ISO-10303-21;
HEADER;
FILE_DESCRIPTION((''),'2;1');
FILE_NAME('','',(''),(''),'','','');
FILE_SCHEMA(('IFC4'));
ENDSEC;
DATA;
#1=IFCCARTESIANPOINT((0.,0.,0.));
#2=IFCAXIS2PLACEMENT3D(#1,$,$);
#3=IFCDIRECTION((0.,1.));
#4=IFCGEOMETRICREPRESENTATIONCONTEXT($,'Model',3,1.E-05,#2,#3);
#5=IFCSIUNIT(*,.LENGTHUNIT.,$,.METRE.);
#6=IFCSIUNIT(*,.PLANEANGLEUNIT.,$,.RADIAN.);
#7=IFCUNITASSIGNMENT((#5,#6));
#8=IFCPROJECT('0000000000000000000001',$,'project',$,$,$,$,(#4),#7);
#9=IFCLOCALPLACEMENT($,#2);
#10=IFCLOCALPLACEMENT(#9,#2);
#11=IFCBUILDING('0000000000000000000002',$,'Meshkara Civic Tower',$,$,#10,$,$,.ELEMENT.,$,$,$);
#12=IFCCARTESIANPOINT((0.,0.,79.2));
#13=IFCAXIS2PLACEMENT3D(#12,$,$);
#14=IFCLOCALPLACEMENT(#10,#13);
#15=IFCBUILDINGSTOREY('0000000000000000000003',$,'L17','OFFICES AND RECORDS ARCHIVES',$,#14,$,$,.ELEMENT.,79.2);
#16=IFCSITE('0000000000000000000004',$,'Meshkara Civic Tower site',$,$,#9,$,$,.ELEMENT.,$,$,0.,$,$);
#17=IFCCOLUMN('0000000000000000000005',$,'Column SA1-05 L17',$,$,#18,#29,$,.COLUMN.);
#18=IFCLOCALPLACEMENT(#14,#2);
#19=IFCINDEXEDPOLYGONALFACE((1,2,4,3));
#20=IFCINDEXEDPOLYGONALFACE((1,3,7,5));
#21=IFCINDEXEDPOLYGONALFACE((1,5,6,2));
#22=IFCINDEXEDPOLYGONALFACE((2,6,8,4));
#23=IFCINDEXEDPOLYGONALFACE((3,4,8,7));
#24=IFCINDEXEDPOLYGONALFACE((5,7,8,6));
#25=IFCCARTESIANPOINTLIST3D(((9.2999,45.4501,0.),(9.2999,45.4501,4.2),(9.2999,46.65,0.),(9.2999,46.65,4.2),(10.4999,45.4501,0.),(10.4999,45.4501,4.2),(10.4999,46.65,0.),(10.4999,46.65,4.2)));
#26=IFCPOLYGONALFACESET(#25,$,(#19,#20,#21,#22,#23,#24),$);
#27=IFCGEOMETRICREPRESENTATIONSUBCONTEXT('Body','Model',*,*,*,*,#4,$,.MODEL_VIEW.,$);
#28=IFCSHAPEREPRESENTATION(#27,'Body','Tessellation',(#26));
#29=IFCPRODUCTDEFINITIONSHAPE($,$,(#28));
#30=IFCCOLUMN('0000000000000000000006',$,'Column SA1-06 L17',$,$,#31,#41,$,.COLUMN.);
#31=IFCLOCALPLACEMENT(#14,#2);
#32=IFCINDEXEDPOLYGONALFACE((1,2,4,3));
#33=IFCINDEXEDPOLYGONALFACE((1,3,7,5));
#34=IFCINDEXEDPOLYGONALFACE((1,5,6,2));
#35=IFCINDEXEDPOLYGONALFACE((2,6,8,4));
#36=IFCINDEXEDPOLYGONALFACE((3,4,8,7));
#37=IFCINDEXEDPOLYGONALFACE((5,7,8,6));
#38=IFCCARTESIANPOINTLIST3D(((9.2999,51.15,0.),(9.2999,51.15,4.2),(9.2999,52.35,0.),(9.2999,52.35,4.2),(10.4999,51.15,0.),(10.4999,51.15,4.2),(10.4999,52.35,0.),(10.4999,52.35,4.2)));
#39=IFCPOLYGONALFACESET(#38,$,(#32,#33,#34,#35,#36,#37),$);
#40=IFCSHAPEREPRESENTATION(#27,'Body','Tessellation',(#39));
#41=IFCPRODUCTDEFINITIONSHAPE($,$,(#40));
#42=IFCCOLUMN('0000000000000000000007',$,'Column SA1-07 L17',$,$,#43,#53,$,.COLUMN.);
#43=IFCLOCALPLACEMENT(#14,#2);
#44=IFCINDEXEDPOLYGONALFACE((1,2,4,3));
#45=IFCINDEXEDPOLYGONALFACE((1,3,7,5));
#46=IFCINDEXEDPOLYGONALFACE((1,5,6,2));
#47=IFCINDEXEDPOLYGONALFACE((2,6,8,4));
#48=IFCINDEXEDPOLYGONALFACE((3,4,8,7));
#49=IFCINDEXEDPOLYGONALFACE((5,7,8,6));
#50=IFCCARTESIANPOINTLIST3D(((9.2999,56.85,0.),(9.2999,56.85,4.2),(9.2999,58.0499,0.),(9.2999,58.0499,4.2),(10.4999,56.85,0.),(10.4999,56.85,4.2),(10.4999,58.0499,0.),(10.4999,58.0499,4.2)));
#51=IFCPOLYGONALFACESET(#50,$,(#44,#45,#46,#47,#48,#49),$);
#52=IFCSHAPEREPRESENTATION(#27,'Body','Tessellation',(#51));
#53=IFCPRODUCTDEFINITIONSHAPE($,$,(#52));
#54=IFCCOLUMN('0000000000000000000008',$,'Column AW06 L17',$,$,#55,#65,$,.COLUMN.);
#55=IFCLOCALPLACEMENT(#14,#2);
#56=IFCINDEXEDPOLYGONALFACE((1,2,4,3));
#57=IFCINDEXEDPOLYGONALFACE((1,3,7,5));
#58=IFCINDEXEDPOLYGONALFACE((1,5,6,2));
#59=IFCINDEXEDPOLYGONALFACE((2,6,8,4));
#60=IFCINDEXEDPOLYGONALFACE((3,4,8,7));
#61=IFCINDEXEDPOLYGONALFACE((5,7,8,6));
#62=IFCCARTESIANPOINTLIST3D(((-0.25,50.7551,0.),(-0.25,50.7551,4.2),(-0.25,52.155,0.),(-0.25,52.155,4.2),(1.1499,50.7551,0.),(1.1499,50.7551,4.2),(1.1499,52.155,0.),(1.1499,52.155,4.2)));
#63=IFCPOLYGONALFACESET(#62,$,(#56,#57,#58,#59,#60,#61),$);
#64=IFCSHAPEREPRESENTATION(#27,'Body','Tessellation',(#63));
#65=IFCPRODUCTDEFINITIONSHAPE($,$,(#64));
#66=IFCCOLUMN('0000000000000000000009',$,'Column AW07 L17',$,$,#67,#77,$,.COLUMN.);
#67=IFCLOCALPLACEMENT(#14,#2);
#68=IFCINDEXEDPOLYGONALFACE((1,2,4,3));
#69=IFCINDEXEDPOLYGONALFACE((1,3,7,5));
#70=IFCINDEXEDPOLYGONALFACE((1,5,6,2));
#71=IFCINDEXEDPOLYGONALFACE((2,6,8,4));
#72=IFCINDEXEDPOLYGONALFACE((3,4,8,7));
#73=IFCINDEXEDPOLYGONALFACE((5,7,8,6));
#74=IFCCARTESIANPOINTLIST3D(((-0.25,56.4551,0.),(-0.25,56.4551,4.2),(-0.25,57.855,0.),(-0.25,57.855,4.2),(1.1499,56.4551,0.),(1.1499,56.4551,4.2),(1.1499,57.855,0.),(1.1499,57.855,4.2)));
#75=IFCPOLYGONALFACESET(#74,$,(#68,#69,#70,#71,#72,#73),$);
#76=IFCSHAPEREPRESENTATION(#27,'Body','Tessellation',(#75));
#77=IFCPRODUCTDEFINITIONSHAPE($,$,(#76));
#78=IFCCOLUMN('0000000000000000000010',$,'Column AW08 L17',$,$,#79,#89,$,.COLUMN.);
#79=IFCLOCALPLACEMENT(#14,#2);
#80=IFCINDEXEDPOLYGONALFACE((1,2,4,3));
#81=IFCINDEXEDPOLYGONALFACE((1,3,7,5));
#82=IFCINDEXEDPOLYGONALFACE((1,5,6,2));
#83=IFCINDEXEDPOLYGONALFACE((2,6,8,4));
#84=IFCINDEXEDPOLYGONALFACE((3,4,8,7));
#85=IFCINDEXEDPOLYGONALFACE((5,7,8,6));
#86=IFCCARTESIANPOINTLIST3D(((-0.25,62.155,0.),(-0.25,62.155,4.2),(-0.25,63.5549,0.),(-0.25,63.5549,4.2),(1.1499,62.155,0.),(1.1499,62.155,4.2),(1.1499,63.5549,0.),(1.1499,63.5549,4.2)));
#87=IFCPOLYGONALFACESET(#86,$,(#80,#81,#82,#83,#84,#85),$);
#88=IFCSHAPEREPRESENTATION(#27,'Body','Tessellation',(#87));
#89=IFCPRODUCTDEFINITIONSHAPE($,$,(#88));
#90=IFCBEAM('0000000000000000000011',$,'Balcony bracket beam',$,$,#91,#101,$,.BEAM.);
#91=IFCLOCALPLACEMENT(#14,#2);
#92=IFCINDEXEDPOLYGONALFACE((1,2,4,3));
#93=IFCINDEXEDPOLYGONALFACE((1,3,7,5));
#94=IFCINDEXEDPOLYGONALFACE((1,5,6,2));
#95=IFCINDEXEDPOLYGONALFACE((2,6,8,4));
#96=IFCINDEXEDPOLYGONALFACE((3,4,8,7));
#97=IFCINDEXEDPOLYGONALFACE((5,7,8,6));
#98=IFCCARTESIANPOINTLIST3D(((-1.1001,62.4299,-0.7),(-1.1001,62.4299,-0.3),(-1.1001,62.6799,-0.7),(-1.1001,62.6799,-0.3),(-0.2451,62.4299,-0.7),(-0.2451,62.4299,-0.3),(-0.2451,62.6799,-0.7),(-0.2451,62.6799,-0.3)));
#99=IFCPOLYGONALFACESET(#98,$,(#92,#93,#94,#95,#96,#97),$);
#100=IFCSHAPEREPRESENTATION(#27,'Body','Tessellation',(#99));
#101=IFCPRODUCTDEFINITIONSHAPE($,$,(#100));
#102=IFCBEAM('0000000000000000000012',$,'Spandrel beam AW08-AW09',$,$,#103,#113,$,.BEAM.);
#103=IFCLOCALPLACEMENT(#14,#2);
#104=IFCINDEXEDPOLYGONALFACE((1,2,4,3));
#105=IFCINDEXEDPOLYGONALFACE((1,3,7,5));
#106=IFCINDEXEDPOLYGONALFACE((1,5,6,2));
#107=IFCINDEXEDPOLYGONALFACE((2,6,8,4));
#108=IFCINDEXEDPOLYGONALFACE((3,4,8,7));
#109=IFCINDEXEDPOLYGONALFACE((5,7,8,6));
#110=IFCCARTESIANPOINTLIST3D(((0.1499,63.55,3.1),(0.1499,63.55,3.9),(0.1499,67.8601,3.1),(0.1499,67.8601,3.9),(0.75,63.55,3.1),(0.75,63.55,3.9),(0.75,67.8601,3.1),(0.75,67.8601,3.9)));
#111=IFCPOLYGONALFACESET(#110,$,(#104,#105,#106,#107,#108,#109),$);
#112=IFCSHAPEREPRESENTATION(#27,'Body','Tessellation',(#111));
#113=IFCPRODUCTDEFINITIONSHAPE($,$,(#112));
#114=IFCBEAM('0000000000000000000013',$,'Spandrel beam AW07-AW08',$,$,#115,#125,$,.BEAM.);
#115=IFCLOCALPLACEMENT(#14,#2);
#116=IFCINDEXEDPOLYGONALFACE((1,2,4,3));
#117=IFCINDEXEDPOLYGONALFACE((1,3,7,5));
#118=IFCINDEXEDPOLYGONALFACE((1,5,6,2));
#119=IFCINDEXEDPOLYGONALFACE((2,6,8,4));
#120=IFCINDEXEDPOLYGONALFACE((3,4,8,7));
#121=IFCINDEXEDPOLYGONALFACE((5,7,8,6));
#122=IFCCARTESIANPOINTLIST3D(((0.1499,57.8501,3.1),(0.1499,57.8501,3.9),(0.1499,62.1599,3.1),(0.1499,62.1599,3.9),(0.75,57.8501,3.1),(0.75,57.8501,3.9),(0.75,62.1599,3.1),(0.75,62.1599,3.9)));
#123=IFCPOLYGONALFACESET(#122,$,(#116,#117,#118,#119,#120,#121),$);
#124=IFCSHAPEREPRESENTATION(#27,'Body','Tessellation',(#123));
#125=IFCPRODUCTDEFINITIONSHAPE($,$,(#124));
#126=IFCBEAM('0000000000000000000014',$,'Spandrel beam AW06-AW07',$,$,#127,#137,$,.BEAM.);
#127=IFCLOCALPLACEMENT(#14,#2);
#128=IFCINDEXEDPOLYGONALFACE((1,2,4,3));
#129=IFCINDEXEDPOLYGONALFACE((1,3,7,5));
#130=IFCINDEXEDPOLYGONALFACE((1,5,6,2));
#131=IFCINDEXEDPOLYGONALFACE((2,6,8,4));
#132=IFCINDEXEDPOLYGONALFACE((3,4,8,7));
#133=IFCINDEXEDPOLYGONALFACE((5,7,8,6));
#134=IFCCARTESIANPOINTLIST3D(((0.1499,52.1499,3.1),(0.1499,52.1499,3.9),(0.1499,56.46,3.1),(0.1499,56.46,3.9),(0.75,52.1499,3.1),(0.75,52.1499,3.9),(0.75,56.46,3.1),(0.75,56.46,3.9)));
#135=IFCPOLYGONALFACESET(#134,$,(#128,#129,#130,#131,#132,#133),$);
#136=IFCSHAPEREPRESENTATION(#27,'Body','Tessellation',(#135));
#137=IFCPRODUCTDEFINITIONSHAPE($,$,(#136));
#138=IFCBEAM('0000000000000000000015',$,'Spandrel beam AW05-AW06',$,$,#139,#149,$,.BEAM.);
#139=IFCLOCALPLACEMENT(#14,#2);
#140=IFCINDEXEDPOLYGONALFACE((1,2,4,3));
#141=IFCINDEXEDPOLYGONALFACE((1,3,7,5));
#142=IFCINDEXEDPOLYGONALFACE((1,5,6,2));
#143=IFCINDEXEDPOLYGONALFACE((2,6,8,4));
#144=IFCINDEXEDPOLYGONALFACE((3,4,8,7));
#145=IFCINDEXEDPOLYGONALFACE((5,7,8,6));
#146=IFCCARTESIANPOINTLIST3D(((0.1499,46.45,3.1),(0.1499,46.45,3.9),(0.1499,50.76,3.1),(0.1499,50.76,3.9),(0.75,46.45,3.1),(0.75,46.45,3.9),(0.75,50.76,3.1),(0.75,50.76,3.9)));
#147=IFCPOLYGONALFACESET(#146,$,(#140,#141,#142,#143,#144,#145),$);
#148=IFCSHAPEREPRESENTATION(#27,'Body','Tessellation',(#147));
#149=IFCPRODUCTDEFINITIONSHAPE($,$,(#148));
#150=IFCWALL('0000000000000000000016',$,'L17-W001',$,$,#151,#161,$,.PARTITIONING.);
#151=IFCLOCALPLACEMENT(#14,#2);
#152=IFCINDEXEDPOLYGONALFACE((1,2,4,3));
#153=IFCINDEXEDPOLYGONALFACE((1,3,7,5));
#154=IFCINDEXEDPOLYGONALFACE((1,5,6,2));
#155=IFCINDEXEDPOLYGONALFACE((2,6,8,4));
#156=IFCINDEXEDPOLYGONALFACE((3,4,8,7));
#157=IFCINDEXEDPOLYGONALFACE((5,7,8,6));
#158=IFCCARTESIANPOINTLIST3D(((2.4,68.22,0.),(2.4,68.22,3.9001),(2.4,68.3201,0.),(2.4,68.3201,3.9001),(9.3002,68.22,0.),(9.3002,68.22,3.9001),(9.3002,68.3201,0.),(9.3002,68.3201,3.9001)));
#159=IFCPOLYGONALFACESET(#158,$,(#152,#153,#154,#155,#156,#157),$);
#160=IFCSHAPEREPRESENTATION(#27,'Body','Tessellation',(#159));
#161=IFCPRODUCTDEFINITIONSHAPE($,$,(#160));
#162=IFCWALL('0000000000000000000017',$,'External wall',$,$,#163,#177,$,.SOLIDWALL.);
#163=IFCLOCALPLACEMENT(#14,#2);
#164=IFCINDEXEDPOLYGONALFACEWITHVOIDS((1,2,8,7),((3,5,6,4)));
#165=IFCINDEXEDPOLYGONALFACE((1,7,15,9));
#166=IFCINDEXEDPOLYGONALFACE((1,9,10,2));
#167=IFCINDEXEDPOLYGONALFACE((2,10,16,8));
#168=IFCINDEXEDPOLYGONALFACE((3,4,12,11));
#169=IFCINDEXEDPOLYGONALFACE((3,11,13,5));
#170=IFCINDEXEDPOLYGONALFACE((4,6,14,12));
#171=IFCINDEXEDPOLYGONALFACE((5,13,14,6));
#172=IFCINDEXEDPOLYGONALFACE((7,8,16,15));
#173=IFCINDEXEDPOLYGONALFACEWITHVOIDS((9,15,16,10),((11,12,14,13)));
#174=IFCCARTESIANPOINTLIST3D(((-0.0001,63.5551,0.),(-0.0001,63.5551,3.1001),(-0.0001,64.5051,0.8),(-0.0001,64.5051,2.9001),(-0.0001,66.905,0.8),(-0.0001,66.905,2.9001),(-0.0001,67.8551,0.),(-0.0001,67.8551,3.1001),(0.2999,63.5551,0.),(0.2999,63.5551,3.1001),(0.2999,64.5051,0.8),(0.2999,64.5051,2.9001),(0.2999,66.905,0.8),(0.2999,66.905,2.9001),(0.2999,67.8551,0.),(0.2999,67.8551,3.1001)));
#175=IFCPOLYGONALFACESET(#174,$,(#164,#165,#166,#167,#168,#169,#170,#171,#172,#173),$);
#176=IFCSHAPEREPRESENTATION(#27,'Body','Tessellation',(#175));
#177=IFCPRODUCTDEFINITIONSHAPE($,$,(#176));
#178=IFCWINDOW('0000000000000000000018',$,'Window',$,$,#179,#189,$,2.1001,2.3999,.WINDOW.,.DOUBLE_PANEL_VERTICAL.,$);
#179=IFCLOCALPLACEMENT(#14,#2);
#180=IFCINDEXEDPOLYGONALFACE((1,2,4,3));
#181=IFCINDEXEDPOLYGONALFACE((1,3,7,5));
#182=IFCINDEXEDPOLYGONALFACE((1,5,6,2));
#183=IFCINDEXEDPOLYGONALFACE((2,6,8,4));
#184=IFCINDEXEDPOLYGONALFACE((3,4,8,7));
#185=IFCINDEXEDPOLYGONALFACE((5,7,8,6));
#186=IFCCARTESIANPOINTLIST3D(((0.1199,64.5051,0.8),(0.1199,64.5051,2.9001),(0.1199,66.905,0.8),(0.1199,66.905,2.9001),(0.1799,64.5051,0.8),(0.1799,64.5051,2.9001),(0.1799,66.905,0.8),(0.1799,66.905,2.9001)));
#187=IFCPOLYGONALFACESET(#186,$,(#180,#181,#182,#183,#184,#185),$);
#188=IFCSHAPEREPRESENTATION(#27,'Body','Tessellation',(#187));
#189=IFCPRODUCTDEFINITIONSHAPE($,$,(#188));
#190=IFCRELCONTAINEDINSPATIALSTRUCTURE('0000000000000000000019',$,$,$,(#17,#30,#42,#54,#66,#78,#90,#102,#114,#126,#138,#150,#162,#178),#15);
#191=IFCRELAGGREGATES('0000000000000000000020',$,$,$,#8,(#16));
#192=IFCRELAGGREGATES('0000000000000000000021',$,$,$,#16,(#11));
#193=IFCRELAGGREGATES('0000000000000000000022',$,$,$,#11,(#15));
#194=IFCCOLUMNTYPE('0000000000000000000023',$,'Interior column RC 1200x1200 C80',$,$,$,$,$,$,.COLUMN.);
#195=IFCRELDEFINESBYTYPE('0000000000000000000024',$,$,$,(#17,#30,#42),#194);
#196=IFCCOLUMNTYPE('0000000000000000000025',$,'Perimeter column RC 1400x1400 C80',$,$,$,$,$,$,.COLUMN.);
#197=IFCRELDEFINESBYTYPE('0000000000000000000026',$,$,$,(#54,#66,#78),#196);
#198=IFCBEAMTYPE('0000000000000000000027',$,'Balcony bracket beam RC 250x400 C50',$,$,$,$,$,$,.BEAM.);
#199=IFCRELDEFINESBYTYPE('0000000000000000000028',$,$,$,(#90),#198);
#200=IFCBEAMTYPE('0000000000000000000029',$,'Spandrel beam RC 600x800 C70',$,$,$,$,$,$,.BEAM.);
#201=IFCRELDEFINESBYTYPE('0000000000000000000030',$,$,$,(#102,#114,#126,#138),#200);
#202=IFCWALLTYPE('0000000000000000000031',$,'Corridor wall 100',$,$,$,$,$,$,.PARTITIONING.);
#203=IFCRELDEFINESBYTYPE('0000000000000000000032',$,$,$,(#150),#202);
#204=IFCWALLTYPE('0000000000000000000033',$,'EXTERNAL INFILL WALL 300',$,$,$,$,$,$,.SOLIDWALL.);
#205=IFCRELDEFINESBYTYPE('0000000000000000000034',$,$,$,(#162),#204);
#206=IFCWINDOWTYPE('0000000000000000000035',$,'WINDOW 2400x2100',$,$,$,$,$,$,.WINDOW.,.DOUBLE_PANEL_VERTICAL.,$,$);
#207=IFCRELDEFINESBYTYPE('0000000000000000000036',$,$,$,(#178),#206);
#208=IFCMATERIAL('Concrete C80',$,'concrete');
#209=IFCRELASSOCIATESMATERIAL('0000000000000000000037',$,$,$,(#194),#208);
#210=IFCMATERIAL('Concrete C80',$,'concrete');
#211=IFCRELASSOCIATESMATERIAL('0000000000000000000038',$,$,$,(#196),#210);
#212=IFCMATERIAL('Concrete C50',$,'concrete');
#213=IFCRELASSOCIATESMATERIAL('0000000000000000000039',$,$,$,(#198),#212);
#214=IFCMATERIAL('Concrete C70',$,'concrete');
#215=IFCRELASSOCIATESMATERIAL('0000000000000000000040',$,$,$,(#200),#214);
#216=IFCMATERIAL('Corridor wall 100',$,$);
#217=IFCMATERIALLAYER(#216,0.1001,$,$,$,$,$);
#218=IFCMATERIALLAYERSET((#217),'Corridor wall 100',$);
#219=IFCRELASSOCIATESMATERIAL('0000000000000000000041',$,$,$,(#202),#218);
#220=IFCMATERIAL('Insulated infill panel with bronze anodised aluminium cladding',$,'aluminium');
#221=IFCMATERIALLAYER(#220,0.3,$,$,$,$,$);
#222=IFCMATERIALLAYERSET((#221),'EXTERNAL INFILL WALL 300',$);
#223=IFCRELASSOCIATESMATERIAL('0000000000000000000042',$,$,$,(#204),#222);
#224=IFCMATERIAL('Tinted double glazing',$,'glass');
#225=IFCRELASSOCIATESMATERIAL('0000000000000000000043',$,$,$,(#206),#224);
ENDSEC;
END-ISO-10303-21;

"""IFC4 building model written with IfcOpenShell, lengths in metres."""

from ifc_helpers import new_model, si_unit, direction, frame, frame_2d, origin, origin_2d, place, context, subcontext, project, spatial, rectangle, extrude, material, layer, layer_set, material_profile, profile_set, type_object, element, fill, save


model = new_model("IFC4")

# Units and contexts
model_context = context("Model", 3, precision=1e-05, world=origin(), true_north=direction((0.0, 1.0)))
body_context = subcontext(model_context, "Body", "Model", "MODEL_VIEW")
ifc_project = project(units=[si_unit("LENGTHUNIT", "METRE"), si_unit("PLANEANGLEUNIT", "RADIAN")], contexts=[model_context])

# Site, building, storey
site_placement = place(None, origin())
site = spatial("IfcSite", under=ifc_project, at=site_placement, Name="Meshkara Civic Tower site", CompositionType="ELEMENT", RefElevation=0.0)
building_placement = place(site_placement, origin())
building = spatial("IfcBuilding", under=site, at=building_placement, Name="Meshkara Civic Tower", CompositionType="ELEMENT")
storey_placement = place(building_placement, frame((0.0, 0.0, 79.2)))
storey = spatial("IfcBuildingStorey", under=building, at=storey_placement, Name="L17", Description="OFFICES AND RECORDS ARCHIVES", CompositionType="ELEMENT", Elevation=79.2)

# Columns
ifc_material_1 = material(Name="Concrete C80", Category="concrete")
ifc_material_profile_1 = material_profile(ifc_material_1, rectangle(XDim=1.2, YDim=1.2, at=origin_2d()))
ifc_profile_set_1 = profile_set([ifc_material_profile_1], Name="Concrete C80")
column_type_1 = type_object("IfcColumnType", Name="Interior column RC 1200x1200 C80", PredefinedType="COLUMN", material=ifc_profile_set_1)
for number, where, z_axis, x_axis, name in (
    (1, (9.8999, 46.05, 0.0), (0.0, 0.0, 1.0), (1.0, 0.0, 0.0), "Column SA1-05 L17"),
    (2, (9.8999, 51.75, 0.0), (0.0, 0.0, 1.0), (1.0, 0.0, 0.0), "Column SA1-06 L17"),
    (3, (9.8999, 57.45, 0.0), (0.0, 0.0, 1.0), (1.0, 0.0, 0.0), "Column SA1-07 L17"),
):
    element("IfcColumn", number, at=place(storey_placement, frame(where, z_axis=z_axis, x_axis=x_axis)), inside=storey, type_object=column_type_1, Name=name, PredefinedType="COLUMN", context=body_context, shape_type="SweptSolid", body=[
        extrude(rectangle(XDim=1.2, YDim=1.2, at=origin_2d()), origin(), (0.0, 0.0, 1.0), 4.2),
    ])
ifc_material_2 = material(Name="Concrete C80", Category="concrete")
ifc_material_profile_2 = material_profile(ifc_material_2, rectangle(XDim=1.3999, YDim=1.3999, at=origin_2d()))
ifc_profile_set_2 = profile_set([ifc_material_profile_2], Name="Concrete C80")
column_type_2 = type_object("IfcColumnType", Name="Perimeter column RC 1400x1400 C80", PredefinedType="COLUMN", material=ifc_profile_set_2)
for number, where, z_axis, x_axis, name in (
    (4, (0.45, 51.4551, 0.0), (0.0, 0.0, 1.0), (1.0, 0.0, 0.0), "Column AW06 L17"),
    (5, (0.45, 57.155, 0.0), (0.0, 0.0, 1.0), (1.0, 0.0, 0.0), "Column AW07 L17"),
    (6, (0.45, 62.855, 0.0), (0.0, 0.0, 1.0), (1.0, 0.0, 0.0), "Column AW08 L17"),
):
    element("IfcColumn", number, at=place(storey_placement, frame(where, z_axis=z_axis, x_axis=x_axis)), inside=storey, type_object=column_type_2, Name=name, PredefinedType="COLUMN", context=body_context, shape_type="SweptSolid", body=[
        extrude(rectangle(XDim=1.3999, YDim=1.3999, at=origin_2d()), origin(), (0.0, 0.0, 1.0), 4.2),
    ])

# Beams
ifc_material_3 = material(Name="Concrete C50", Category="concrete")
ifc_material_profile_3 = material_profile(ifc_material_3, rectangle(XDim=0.25, YDim=0.3999, at=origin_2d()))
ifc_profile_set_3 = profile_set([ifc_material_profile_3], Name="Concrete C50")
beam_type_1 = type_object("IfcBeamType", Name="Balcony bracket beam RC 250x400 C50", PredefinedType="BEAM", material=ifc_profile_set_3)
beam_1_placement = place(storey_placement, frame((-0.2451, 62.5549, -0.5), z_axis=(-1.0, 0.0, 0.0), x_axis=(0.0, -1.0, 0.0)))
element("IfcBeam", 7, at=beam_1_placement, inside=storey, type_object=beam_type_1, Name="Balcony bracket beam", PredefinedType="BEAM", context=body_context, shape_type="SweptSolid", body=[
    extrude(rectangle(XDim=0.25, YDim=0.3999, at=origin_2d()), origin(), (0.0, 0.0, 1.0), 0.855),
])
ifc_material_4 = material(Name="Concrete C70", Category="concrete")
ifc_material_profile_4 = material_profile(ifc_material_4, rectangle(XDim=0.6001, YDim=0.8, at=origin_2d()))
ifc_profile_set_4 = profile_set([ifc_material_profile_4], Name="Concrete C70")
beam_type_2 = type_object("IfcBeamType", Name="Spandrel beam RC 600x800 C70", PredefinedType="BEAM", material=ifc_profile_set_4)
beam_2_placement = place(storey_placement, frame((0.45, 67.8601, 3.5), z_axis=(0.0, -1.0, 0.0), x_axis=(1.0, 0.0, 0.0)))
element("IfcBeam", 8, at=beam_2_placement, inside=storey, type_object=beam_type_2, Name="Spandrel beam AW08-AW09", PredefinedType="BEAM", context=body_context, shape_type="SweptSolid", body=[
    extrude(rectangle(XDim=0.6001, YDim=0.8, at=origin_2d()), origin(), (0.0, 0.0, 1.0), 4.3101),
])
beam_3_placement = place(storey_placement, frame((0.45, 62.1599, 3.5), z_axis=(0.0, -1.0, 0.0), x_axis=(1.0, 0.0, 0.0)))
element("IfcBeam", 9, at=beam_3_placement, inside=storey, type_object=beam_type_2, Name="Spandrel beam AW07-AW08", PredefinedType="BEAM", context=body_context, shape_type="SweptSolid", body=[
    extrude(rectangle(XDim=0.6001, YDim=0.8, at=origin_2d()), origin(), (0.0, 0.0, 1.0), 4.3098),
])
for number, where, z_axis, x_axis, name in (
    (10, (0.45, 56.46, 3.5), (0.0, -1.0, 0.0), (1.0, 0.0, 0.0), "Spandrel beam AW06-AW07"),
    (11, (0.45, 50.76, 3.5), (0.0, -1.0, 0.0), (1.0, 0.0, 0.0), "Spandrel beam AW05-AW06"),
):
    element("IfcBeam", number, at=place(storey_placement, frame(where, z_axis=z_axis, x_axis=x_axis)), inside=storey, type_object=beam_type_2, Name=name, PredefinedType="BEAM", context=body_context, shape_type="SweptSolid", body=[
        extrude(rectangle(XDim=0.6001, YDim=0.8, at=origin_2d()), origin(), (0.0, 0.0, 1.0), 4.3101),
    ])

# Wall
ifc_material_5 = material(Name="Corridor wall 100")
ifc_layer_1 = layer(ifc_material_5, 0.1001)
ifc_layer_set_1 = layer_set([ifc_layer_1], Name="Corridor wall 100")
wall_type_1 = type_object("IfcWallType", Name="Corridor wall 100", PredefinedType="PARTITIONING", material=ifc_layer_set_1)
wall_1_placement = place(storey_placement, frame((2.3999, 68.27, 0.0), z_axis=(0.0, 0.0, 1.0), x_axis=(1.0, 0.0, 0.0)))
element("IfcWall", 12, at=wall_1_placement, inside=storey, type_object=wall_type_1, Name="L17-W001", PredefinedType="PARTITIONING", context=body_context, shape_type="SweptSolid", body=[
    extrude(rectangle(XDim=6.9001, YDim=0.1001, at=frame_2d((3.4502, 0.0))), origin(), (0.0, 0.0, 1.0), 3.9001),
])

# Wall, opening, window
ifc_material_6 = material(Name="Insulated infill panel with bronze anodised aluminium cladding", Category="aluminium")
ifc_layer_2 = layer(ifc_material_6, 0.3)
ifc_layer_set_2 = layer_set([ifc_layer_2], Name="EXTERNAL INFILL WALL 300")
wall_type_2 = type_object("IfcWallType", Name="EXTERNAL INFILL WALL 300", PredefinedType="SOLIDWALL", material=ifc_layer_set_2)
wall_2_placement = place(storey_placement, frame((0.1499, 67.855, 0.0), z_axis=(0.0, 0.0, 1.0), x_axis=(0.0, -1.0, 0.0)))
wall_2 = element("IfcWall", 13, at=wall_2_placement, inside=storey, type_object=wall_type_2, Name="External wall", PredefinedType="SOLIDWALL", context=body_context, shape_type="SweptSolid", body=[
    extrude(rectangle(XDim=4.3, YDim=0.3, at=frame_2d((2.1499, 0.0))), origin(), (0.0, 0.0, 1.0), 3.1001),
])
opening_1_placement = place(wall_2_placement, frame((0.95, 0.0, 0.8)))
opening_1 = element("IfcOpeningElement", 14, at=opening_1_placement, cuts=wall_2, PredefinedType="OPENING", context=body_context, shape_type="SweptSolid", body=[
    extrude(rectangle(XDim=2.3999, YDim=2.1001, at=frame_2d((1.2, 1.05))), frame((0.0, 0.1599, 0.0), z_axis=(0.0, -1.0, 0.0), x_axis=(1.0, 0.0, 0.0)), (0.0, 0.0, 1.0), 0.3201),
])
ifc_material_7 = material(Name="Tinted double glazing", Category="glass")
window_type = type_object("IfcWindowType", Name="WINDOW 2400x2100", PartitioningType="DOUBLE_PANEL_VERTICAL", PredefinedType="WINDOW", material=ifc_material_7)
window_1_placement = place(opening_1_placement, origin())
window_1 = element("IfcWindow", 15, at=window_1_placement, inside=storey, type_object=window_type, Name="Window", OverallHeight=2.1001, OverallWidth=2.3999, PartitioningType="DOUBLE_PANEL_VERTICAL", PredefinedType="WINDOW", context=body_context, shape_type="SweptSolid", body=[
    extrude(rectangle(XDim=2.3999, YDim=2.1001, at=frame_2d((1.2, 1.05))), frame((0.0, 0.03, 0.0), z_axis=(0.0, -1.0, 0.0), x_axis=(1.0, 0.0, 0.0)), (0.0, 0.0, 1.0), 0.0601),
])
fill(opening_1, window_1)

save(model, "model.ifc")
